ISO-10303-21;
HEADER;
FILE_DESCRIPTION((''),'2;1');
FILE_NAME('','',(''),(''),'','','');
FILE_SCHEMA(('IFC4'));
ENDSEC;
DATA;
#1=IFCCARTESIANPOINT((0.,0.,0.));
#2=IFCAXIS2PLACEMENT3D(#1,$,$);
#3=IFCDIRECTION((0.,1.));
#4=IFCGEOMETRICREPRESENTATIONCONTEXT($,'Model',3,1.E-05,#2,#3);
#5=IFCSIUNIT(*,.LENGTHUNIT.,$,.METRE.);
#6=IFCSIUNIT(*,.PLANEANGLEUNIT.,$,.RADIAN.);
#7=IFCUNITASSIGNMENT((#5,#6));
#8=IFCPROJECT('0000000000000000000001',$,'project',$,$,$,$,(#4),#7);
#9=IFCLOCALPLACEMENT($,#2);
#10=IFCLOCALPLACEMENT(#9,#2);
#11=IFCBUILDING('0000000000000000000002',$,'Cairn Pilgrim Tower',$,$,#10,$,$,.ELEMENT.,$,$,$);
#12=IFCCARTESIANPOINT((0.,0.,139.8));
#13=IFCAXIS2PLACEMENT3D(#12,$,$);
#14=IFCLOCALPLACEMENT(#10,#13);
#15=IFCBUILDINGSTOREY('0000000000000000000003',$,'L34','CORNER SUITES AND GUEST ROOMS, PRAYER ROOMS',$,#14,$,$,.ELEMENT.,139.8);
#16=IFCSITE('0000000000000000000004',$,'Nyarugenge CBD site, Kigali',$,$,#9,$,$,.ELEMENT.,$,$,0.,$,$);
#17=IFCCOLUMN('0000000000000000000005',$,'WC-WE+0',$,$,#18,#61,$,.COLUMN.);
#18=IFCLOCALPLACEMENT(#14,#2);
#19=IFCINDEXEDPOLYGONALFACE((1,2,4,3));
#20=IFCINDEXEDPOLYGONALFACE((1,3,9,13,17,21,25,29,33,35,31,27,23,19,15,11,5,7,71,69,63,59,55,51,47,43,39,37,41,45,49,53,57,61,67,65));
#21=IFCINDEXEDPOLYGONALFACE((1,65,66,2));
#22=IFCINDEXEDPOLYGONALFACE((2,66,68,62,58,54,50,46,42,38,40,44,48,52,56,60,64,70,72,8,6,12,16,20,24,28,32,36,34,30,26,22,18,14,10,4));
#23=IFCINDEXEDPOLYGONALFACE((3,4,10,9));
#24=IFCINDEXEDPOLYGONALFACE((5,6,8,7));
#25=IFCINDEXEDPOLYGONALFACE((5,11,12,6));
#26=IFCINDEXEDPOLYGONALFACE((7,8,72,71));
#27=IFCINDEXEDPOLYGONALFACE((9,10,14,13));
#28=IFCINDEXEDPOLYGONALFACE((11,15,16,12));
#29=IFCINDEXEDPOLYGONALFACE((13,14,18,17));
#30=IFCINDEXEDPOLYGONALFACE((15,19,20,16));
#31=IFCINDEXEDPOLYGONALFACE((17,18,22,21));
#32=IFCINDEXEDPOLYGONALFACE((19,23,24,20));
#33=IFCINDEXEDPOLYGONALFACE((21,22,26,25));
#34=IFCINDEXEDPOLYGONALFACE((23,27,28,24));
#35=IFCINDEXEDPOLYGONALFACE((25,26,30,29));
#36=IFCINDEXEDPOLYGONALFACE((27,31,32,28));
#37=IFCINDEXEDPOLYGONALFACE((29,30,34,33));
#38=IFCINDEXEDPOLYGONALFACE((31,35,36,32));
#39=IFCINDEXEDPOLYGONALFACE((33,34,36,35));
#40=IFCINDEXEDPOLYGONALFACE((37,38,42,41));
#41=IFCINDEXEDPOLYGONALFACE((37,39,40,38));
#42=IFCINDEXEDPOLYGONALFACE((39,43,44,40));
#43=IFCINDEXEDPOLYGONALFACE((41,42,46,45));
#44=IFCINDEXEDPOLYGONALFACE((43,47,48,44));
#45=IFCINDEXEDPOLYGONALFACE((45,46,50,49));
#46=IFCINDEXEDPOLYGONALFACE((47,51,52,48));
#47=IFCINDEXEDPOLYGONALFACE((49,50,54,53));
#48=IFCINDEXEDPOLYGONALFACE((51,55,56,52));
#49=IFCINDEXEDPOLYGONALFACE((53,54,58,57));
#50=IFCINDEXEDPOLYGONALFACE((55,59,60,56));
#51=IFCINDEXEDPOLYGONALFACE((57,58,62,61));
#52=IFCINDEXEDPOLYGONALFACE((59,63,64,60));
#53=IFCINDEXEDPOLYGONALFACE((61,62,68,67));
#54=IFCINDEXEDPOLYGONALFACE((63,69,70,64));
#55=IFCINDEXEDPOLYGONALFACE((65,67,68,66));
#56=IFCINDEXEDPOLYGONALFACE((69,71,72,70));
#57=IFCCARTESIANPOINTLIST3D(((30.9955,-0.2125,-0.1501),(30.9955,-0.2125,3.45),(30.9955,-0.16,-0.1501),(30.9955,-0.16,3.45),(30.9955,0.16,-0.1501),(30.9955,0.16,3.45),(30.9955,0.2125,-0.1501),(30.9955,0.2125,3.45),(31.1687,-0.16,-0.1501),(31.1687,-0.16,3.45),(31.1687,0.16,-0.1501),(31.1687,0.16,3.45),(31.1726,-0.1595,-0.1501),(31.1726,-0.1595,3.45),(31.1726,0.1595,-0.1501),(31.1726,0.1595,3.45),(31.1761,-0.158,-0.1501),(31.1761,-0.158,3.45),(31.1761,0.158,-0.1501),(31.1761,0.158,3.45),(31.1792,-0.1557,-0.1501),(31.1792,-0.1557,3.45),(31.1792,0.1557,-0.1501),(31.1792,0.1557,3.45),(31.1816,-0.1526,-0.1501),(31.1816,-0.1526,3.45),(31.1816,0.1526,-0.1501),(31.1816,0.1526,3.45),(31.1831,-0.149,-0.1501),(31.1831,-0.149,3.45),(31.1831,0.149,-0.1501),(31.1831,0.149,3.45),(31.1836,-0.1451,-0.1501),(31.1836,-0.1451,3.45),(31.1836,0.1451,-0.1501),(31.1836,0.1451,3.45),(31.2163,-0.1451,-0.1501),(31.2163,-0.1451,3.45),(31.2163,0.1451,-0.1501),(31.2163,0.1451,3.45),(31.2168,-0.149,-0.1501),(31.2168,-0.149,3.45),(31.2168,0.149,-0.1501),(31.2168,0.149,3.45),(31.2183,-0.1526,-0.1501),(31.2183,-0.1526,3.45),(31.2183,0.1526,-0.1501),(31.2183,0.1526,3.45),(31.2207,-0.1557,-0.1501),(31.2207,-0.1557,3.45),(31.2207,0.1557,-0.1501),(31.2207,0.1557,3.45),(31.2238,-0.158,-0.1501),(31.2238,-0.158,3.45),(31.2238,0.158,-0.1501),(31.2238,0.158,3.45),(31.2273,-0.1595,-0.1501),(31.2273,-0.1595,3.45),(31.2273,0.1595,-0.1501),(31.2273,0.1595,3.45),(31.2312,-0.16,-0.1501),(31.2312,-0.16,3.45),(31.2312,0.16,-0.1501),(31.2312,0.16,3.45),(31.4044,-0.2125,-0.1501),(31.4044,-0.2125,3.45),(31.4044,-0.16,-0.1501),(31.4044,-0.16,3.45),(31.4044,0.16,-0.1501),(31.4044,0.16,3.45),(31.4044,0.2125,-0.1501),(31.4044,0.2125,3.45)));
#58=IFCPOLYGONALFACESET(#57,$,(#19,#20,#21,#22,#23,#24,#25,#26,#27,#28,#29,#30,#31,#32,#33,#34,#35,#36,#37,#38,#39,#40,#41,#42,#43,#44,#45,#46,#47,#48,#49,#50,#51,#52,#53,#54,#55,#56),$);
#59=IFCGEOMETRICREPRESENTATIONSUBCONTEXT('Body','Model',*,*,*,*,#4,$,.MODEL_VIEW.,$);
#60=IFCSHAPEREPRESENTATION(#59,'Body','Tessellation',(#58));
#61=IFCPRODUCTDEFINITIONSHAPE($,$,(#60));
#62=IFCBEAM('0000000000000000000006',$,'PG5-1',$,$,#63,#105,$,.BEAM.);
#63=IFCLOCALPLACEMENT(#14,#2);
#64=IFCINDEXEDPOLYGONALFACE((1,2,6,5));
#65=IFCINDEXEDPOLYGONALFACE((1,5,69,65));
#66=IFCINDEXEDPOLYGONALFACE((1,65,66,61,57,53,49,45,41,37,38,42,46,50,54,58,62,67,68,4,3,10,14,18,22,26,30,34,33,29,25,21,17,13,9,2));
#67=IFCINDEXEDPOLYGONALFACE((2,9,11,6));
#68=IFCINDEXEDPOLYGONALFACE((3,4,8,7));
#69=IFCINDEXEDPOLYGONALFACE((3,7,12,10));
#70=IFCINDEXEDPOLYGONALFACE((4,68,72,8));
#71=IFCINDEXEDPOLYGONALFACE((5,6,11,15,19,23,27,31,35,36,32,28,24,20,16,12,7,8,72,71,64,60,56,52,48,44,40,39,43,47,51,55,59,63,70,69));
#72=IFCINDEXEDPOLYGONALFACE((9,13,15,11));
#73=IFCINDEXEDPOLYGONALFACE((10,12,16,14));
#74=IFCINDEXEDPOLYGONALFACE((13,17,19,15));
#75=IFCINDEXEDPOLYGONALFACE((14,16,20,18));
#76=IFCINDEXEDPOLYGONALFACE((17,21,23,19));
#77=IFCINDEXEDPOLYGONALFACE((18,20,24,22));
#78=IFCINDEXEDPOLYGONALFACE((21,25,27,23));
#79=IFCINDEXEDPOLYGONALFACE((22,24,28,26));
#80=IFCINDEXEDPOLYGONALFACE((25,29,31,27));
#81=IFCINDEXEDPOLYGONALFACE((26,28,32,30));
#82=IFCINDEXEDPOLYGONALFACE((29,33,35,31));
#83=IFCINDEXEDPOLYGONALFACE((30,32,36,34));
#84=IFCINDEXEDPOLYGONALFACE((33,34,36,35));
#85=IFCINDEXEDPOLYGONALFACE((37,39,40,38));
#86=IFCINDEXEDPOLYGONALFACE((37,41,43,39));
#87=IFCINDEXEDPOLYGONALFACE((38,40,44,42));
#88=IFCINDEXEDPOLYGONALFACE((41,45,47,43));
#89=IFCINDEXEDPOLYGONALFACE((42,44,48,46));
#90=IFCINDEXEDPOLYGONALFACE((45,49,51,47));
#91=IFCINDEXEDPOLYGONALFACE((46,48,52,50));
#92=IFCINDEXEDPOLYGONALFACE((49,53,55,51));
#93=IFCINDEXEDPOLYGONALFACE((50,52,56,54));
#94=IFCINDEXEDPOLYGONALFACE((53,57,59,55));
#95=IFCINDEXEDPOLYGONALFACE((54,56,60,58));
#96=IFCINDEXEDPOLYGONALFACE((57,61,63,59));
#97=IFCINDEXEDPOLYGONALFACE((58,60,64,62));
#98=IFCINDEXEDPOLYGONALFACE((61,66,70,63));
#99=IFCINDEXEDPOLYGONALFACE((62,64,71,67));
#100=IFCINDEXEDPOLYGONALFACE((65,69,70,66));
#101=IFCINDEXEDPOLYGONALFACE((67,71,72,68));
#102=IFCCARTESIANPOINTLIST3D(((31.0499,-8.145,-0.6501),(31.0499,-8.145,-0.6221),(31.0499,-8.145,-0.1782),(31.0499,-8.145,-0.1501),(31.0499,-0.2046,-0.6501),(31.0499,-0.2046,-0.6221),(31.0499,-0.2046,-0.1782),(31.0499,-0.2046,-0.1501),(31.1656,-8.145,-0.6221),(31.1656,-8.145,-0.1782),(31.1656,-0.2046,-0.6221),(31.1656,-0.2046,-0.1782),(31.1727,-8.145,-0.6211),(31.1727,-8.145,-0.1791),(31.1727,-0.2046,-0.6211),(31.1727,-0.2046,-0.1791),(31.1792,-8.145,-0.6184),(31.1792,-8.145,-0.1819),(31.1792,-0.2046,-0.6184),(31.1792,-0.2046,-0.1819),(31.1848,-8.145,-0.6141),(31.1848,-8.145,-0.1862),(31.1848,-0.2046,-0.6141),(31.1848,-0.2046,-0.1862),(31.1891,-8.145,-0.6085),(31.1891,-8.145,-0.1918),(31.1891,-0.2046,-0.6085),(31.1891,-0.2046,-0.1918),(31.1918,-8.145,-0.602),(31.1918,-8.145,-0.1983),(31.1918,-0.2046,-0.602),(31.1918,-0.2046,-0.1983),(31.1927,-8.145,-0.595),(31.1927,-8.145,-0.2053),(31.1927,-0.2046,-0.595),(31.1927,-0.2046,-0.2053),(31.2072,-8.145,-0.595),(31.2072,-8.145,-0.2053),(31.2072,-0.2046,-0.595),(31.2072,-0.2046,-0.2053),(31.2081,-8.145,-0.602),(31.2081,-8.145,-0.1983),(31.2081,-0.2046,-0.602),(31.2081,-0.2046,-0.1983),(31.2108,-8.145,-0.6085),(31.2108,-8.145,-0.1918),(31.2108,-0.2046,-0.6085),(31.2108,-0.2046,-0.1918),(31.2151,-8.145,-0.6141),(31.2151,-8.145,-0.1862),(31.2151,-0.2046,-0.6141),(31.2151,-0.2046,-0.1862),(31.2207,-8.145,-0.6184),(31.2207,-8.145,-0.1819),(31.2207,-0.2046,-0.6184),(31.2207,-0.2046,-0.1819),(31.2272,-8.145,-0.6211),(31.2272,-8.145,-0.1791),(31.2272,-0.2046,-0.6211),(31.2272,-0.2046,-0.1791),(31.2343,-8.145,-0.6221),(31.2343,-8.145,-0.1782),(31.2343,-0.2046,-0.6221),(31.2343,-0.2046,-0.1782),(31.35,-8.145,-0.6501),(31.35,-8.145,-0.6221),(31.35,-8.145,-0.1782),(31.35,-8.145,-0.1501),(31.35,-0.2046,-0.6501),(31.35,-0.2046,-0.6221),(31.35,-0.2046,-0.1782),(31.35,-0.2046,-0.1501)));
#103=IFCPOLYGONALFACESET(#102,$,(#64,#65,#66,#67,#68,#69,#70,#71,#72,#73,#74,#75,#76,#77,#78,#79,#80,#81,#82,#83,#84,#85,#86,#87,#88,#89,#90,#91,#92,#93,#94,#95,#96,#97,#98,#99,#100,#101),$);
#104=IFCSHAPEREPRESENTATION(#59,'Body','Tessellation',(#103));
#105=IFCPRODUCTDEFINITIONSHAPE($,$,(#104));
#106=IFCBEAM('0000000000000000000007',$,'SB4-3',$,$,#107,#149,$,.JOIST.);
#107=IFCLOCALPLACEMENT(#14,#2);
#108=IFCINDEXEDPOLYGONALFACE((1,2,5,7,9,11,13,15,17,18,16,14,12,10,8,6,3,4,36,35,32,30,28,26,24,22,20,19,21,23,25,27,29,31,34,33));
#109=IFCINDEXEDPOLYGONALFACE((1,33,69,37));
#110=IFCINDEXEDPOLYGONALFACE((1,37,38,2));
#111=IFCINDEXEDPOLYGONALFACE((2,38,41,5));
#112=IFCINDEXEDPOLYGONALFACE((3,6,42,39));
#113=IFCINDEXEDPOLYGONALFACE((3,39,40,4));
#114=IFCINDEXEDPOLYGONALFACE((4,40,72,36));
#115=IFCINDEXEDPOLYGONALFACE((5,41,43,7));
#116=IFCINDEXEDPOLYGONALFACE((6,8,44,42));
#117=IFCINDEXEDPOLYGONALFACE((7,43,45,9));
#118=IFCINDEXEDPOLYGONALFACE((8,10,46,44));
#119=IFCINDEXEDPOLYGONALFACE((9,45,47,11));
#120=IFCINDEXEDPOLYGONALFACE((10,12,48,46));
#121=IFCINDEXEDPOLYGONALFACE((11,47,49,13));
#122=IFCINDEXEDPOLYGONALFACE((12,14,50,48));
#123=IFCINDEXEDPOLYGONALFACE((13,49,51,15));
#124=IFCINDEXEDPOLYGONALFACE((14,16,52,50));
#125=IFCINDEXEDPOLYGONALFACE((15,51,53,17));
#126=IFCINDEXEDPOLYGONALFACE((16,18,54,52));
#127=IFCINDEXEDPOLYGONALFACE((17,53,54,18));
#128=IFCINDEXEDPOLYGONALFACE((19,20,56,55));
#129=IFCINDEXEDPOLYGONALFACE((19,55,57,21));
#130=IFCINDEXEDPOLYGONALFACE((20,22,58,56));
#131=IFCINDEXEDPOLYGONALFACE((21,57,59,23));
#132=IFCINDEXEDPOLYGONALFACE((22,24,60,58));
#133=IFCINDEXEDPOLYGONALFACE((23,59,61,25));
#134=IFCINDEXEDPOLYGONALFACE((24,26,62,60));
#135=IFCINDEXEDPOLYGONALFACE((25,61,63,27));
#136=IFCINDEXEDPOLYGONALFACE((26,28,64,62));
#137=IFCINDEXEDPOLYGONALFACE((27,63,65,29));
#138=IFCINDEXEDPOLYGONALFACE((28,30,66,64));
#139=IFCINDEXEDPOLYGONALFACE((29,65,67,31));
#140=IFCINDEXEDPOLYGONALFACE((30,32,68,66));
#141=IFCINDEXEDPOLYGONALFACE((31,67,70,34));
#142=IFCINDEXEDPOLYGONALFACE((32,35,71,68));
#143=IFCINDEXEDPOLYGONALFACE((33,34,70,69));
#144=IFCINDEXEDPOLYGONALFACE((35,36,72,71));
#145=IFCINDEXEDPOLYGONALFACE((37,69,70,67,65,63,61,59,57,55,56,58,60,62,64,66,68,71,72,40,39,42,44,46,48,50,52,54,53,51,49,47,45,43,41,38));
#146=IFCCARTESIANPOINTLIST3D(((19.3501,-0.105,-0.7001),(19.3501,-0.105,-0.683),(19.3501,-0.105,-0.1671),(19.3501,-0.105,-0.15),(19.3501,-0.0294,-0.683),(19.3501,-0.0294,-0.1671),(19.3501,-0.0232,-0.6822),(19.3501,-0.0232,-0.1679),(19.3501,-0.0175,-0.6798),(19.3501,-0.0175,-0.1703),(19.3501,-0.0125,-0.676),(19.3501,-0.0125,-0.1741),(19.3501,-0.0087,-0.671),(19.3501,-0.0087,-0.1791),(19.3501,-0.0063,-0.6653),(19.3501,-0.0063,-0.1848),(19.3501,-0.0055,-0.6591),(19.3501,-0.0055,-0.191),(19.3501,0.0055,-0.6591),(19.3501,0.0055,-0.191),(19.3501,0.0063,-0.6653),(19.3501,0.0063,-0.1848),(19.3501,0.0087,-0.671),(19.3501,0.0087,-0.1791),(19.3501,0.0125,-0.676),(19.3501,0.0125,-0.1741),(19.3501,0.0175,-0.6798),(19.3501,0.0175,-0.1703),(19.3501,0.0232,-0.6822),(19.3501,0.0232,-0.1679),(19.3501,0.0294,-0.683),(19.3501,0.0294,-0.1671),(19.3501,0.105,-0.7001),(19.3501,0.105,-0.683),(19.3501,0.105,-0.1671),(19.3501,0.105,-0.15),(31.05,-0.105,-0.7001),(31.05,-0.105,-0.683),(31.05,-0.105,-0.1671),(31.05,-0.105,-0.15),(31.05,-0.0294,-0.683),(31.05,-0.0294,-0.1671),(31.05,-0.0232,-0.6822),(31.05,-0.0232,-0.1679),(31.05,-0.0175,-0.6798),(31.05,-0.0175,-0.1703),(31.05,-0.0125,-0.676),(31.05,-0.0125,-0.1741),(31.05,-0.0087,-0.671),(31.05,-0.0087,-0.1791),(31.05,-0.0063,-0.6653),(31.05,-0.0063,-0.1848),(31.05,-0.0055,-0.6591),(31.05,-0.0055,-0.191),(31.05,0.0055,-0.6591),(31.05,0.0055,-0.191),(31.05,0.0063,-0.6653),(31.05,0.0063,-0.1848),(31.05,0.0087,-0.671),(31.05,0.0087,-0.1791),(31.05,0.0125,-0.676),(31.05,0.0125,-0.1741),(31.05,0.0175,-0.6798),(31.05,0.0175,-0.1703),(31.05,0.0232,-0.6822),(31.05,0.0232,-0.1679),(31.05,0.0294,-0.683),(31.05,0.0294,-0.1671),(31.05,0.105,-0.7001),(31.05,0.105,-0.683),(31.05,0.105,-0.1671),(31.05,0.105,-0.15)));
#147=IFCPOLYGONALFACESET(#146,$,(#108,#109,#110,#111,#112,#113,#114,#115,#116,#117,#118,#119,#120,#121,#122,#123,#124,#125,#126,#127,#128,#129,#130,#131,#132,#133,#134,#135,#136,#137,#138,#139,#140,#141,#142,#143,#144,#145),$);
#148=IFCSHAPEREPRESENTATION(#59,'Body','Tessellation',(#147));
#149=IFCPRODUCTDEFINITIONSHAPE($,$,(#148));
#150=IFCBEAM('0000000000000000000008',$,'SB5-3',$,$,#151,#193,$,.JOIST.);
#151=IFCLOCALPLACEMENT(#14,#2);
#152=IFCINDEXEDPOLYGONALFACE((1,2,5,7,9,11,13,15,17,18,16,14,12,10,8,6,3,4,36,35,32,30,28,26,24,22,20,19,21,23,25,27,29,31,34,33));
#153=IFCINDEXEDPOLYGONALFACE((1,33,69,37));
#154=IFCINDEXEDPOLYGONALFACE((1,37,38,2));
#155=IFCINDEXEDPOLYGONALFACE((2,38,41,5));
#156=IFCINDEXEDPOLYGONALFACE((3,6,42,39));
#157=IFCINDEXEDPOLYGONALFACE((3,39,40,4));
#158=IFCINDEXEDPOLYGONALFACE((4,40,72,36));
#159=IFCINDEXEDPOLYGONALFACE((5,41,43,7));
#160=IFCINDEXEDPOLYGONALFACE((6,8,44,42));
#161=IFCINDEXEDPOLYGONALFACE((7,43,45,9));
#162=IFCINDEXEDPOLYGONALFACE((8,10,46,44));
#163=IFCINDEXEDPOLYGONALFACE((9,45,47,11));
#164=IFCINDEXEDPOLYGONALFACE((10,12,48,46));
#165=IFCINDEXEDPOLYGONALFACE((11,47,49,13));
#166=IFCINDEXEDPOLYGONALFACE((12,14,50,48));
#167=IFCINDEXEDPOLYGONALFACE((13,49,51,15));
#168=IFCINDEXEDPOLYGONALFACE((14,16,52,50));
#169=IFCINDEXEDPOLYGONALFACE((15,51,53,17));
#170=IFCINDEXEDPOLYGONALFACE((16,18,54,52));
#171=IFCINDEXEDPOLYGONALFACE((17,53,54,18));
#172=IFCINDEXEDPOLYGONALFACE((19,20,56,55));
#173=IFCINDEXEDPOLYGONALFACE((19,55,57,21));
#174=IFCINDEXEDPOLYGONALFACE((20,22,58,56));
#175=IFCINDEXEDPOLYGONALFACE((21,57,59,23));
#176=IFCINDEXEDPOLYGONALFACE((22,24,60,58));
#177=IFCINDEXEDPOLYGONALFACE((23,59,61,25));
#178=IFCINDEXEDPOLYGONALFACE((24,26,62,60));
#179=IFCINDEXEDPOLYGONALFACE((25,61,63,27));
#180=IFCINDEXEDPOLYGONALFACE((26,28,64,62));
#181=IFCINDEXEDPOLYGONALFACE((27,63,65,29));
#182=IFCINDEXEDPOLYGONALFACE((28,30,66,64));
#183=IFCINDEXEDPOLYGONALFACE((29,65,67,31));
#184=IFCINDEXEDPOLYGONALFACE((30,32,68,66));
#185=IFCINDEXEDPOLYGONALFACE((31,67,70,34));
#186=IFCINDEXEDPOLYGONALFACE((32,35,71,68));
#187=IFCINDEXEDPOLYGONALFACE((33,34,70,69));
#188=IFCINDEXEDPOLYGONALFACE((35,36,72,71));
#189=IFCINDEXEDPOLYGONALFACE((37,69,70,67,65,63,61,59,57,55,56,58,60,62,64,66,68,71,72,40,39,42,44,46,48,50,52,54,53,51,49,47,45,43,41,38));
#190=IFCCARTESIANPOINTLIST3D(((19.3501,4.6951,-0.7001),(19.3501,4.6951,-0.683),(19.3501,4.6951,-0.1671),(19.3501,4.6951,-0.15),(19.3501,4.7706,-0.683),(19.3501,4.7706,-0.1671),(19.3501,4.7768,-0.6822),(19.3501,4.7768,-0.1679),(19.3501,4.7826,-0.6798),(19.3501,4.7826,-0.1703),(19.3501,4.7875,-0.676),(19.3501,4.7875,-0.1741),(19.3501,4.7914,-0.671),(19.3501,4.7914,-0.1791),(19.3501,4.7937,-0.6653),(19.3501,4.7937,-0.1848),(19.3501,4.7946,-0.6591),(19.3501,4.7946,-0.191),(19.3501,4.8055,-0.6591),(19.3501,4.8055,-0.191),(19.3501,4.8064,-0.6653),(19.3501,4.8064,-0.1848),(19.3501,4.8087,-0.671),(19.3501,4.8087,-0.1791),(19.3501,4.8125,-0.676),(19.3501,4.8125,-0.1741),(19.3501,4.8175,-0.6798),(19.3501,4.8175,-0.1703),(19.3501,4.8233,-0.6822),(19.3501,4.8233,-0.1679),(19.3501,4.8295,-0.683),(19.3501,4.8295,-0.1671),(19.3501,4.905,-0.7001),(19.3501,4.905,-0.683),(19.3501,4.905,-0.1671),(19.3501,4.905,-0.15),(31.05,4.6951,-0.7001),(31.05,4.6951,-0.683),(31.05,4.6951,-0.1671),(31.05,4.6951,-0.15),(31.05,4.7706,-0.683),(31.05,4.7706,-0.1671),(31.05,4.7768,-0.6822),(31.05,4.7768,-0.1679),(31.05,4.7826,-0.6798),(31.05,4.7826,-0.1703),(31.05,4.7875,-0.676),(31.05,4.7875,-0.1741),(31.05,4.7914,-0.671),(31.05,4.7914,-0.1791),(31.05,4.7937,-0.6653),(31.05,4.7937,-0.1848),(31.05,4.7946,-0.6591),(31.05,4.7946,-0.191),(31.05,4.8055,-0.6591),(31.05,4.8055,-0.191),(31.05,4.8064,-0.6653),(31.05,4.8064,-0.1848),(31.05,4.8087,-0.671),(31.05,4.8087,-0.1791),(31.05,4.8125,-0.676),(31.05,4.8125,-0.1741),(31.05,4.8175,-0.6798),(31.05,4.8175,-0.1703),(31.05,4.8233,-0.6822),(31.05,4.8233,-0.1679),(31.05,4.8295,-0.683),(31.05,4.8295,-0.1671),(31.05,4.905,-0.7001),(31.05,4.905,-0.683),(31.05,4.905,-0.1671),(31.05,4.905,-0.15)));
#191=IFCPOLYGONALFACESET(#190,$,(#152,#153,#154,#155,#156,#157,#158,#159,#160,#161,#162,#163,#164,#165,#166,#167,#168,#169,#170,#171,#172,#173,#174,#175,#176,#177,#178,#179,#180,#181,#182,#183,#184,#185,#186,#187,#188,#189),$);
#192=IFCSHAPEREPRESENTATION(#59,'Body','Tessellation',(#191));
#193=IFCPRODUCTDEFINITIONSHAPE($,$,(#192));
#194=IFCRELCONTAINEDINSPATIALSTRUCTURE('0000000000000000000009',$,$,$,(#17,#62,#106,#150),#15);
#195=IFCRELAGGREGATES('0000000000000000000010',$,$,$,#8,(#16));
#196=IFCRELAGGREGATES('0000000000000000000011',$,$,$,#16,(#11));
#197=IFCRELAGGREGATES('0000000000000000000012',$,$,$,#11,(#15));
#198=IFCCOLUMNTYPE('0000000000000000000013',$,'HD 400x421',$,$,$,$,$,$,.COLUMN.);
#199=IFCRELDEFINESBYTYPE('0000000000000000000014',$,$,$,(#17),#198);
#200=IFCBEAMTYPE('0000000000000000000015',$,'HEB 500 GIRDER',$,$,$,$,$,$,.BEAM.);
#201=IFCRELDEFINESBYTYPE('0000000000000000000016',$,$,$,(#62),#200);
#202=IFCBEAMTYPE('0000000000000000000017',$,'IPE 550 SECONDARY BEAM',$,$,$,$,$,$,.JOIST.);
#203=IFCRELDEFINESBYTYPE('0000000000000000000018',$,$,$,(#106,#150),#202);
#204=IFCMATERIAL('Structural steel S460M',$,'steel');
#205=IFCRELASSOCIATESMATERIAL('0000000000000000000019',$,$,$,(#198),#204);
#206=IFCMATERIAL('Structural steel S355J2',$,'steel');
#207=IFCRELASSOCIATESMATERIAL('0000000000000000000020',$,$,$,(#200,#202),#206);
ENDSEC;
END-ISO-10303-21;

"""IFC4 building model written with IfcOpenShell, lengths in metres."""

from ifc_helpers import new_model, si_unit, direction, frame, origin, origin_2d, place, context, subcontext, project, spatial, i_section, extrude, material, material_profile, profile_set, type_object, element, save


model = new_model("IFC4")

# Units and contexts
model_context = context("Model", 3, precision=1e-05, world=origin(), true_north=direction((0.0, 1.0)))
body_context = subcontext(model_context, "Body", "Model", "MODEL_VIEW")
ifc_project = project(units=[si_unit("LENGTHUNIT", "METRE"), si_unit("PLANEANGLEUNIT", "RADIAN")], contexts=[model_context])

# Site, building, storey
site_placement = place(None, origin())
site = spatial("IfcSite", under=ifc_project, at=site_placement, Name="Nyarugenge CBD site, Kigali", CompositionType="ELEMENT", RefElevation=0.0)
building_placement = place(site_placement, origin())
building = spatial("IfcBuilding", under=site, at=building_placement, Name="Cairn Pilgrim Tower", CompositionType="ELEMENT")
storey_placement = place(building_placement, frame((0.0, 0.0, 139.8)))
storey = spatial("IfcBuildingStorey", under=building, at=storey_placement, Name="L34", Description="CORNER SUITES AND GUEST ROOMS, PRAYER ROOMS", CompositionType="ELEMENT", Elevation=139.8)

# Column
ifc_material_1 = material(Name="Structural steel S460M", Category="steel")
ifc_material_profile_1 = material_profile(ifc_material_1, i_section(OverallWidth=0.4089, OverallDepth=0.425, WebThickness=0.0327, FlangeThickness=0.0525, FilletRadius=0.0149, at=origin_2d()), Name="HD 400x421")
ifc_profile_set_1 = profile_set([ifc_material_profile_1], Name="Structural steel S460M")
column_type = type_object("IfcColumnType", Name="HD 400x421", PredefinedType="COLUMN", material=ifc_profile_set_1)
column_placement = place(storey_placement, frame((31.2, 0.0, -0.1501), z_axis=(0.0, 0.0, 1.0), x_axis=(1.0, 0.0, 0.0)))
element("IfcColumn", 1, at=column_placement, inside=storey, type_object=column_type, Name="WC-WE+0", PredefinedType="COLUMN", context=body_context, shape_type="SweptSolid", body=[
    extrude(i_section(OverallWidth=0.4089, OverallDepth=0.425, WebThickness=0.0327, FlangeThickness=0.0525, FilletRadius=0.0149, at=origin_2d()), origin(), (0.0, 0.0, 1.0), 3.6001),
])

# Beams
ifc_material_2 = material(Name="Structural steel S355J2", Category="steel")
ifc_material_profile_2 = material_profile(ifc_material_2, i_section(OverallWidth=0.3, OverallDepth=0.5, WebThickness=0.0144, FlangeThickness=0.0281, FilletRadius=0.0271, at=origin_2d()), Name="HEB 500")
ifc_profile_set_2 = profile_set([ifc_material_profile_2], Name="Structural steel S355J2")
beam_type_1 = type_object("IfcBeamType", Name="HEB 500 GIRDER", PredefinedType="BEAM", material=ifc_profile_set_2)
beam_placement = place(storey_placement, frame((31.2, -8.145, -0.4001), z_axis=(0.0, 1.0, 0.0), x_axis=(-1.0, 0.0, 0.0)))
element("IfcBeam", 2, at=beam_placement, inside=storey, type_object=beam_type_1, Name="PG5-1", PredefinedType="BEAM", context=body_context, shape_type="SweptSolid", body=[
    extrude(i_section(OverallWidth=0.3, OverallDepth=0.5, WebThickness=0.0144, FlangeThickness=0.0281, FilletRadius=0.0271, at=origin_2d()), origin(), (0.0, 0.0, 1.0), 7.9404),
])
ifc_material_profile_3 = material_profile(ifc_material_2, i_section(OverallWidth=0.21, OverallDepth=0.55, WebThickness=0.011, FlangeThickness=0.0171, FilletRadius=0.0239, at=origin_2d()), Name="IPE 550")
ifc_profile_set_3 = profile_set([ifc_material_profile_3], Name="Structural steel S355J2")
beam_type_2 = type_object("IfcBeamType", Name="IPE 550 SECONDARY BEAM", PredefinedType="JOIST", material=ifc_profile_set_3)
for number, where, z_axis, x_axis, name in (
    (3, (19.3501, 0.0, -0.425), (1.0, 0.0, 0.0), (0.0, 1.0, 0.0), "SB4-3"),
    (4, (19.3501, 4.8, -0.425), (1.0, 0.0, 0.0), (0.0, 1.0, 0.0), "SB5-3"),
):
    element("IfcBeam", number, at=place(storey_placement, frame(where, z_axis=z_axis, x_axis=x_axis)), inside=storey, type_object=beam_type_2, Name=name, PredefinedType="JOIST", context=body_context, shape_type="SweptSolid", body=[
        extrude(i_section(OverallWidth=0.21, OverallDepth=0.55, WebThickness=0.011, FlangeThickness=0.0171, FilletRadius=0.0239, at=origin_2d()), origin(), (0.0, 0.0, 1.0), 11.7),
    ])

save(model, "model.ifc")
